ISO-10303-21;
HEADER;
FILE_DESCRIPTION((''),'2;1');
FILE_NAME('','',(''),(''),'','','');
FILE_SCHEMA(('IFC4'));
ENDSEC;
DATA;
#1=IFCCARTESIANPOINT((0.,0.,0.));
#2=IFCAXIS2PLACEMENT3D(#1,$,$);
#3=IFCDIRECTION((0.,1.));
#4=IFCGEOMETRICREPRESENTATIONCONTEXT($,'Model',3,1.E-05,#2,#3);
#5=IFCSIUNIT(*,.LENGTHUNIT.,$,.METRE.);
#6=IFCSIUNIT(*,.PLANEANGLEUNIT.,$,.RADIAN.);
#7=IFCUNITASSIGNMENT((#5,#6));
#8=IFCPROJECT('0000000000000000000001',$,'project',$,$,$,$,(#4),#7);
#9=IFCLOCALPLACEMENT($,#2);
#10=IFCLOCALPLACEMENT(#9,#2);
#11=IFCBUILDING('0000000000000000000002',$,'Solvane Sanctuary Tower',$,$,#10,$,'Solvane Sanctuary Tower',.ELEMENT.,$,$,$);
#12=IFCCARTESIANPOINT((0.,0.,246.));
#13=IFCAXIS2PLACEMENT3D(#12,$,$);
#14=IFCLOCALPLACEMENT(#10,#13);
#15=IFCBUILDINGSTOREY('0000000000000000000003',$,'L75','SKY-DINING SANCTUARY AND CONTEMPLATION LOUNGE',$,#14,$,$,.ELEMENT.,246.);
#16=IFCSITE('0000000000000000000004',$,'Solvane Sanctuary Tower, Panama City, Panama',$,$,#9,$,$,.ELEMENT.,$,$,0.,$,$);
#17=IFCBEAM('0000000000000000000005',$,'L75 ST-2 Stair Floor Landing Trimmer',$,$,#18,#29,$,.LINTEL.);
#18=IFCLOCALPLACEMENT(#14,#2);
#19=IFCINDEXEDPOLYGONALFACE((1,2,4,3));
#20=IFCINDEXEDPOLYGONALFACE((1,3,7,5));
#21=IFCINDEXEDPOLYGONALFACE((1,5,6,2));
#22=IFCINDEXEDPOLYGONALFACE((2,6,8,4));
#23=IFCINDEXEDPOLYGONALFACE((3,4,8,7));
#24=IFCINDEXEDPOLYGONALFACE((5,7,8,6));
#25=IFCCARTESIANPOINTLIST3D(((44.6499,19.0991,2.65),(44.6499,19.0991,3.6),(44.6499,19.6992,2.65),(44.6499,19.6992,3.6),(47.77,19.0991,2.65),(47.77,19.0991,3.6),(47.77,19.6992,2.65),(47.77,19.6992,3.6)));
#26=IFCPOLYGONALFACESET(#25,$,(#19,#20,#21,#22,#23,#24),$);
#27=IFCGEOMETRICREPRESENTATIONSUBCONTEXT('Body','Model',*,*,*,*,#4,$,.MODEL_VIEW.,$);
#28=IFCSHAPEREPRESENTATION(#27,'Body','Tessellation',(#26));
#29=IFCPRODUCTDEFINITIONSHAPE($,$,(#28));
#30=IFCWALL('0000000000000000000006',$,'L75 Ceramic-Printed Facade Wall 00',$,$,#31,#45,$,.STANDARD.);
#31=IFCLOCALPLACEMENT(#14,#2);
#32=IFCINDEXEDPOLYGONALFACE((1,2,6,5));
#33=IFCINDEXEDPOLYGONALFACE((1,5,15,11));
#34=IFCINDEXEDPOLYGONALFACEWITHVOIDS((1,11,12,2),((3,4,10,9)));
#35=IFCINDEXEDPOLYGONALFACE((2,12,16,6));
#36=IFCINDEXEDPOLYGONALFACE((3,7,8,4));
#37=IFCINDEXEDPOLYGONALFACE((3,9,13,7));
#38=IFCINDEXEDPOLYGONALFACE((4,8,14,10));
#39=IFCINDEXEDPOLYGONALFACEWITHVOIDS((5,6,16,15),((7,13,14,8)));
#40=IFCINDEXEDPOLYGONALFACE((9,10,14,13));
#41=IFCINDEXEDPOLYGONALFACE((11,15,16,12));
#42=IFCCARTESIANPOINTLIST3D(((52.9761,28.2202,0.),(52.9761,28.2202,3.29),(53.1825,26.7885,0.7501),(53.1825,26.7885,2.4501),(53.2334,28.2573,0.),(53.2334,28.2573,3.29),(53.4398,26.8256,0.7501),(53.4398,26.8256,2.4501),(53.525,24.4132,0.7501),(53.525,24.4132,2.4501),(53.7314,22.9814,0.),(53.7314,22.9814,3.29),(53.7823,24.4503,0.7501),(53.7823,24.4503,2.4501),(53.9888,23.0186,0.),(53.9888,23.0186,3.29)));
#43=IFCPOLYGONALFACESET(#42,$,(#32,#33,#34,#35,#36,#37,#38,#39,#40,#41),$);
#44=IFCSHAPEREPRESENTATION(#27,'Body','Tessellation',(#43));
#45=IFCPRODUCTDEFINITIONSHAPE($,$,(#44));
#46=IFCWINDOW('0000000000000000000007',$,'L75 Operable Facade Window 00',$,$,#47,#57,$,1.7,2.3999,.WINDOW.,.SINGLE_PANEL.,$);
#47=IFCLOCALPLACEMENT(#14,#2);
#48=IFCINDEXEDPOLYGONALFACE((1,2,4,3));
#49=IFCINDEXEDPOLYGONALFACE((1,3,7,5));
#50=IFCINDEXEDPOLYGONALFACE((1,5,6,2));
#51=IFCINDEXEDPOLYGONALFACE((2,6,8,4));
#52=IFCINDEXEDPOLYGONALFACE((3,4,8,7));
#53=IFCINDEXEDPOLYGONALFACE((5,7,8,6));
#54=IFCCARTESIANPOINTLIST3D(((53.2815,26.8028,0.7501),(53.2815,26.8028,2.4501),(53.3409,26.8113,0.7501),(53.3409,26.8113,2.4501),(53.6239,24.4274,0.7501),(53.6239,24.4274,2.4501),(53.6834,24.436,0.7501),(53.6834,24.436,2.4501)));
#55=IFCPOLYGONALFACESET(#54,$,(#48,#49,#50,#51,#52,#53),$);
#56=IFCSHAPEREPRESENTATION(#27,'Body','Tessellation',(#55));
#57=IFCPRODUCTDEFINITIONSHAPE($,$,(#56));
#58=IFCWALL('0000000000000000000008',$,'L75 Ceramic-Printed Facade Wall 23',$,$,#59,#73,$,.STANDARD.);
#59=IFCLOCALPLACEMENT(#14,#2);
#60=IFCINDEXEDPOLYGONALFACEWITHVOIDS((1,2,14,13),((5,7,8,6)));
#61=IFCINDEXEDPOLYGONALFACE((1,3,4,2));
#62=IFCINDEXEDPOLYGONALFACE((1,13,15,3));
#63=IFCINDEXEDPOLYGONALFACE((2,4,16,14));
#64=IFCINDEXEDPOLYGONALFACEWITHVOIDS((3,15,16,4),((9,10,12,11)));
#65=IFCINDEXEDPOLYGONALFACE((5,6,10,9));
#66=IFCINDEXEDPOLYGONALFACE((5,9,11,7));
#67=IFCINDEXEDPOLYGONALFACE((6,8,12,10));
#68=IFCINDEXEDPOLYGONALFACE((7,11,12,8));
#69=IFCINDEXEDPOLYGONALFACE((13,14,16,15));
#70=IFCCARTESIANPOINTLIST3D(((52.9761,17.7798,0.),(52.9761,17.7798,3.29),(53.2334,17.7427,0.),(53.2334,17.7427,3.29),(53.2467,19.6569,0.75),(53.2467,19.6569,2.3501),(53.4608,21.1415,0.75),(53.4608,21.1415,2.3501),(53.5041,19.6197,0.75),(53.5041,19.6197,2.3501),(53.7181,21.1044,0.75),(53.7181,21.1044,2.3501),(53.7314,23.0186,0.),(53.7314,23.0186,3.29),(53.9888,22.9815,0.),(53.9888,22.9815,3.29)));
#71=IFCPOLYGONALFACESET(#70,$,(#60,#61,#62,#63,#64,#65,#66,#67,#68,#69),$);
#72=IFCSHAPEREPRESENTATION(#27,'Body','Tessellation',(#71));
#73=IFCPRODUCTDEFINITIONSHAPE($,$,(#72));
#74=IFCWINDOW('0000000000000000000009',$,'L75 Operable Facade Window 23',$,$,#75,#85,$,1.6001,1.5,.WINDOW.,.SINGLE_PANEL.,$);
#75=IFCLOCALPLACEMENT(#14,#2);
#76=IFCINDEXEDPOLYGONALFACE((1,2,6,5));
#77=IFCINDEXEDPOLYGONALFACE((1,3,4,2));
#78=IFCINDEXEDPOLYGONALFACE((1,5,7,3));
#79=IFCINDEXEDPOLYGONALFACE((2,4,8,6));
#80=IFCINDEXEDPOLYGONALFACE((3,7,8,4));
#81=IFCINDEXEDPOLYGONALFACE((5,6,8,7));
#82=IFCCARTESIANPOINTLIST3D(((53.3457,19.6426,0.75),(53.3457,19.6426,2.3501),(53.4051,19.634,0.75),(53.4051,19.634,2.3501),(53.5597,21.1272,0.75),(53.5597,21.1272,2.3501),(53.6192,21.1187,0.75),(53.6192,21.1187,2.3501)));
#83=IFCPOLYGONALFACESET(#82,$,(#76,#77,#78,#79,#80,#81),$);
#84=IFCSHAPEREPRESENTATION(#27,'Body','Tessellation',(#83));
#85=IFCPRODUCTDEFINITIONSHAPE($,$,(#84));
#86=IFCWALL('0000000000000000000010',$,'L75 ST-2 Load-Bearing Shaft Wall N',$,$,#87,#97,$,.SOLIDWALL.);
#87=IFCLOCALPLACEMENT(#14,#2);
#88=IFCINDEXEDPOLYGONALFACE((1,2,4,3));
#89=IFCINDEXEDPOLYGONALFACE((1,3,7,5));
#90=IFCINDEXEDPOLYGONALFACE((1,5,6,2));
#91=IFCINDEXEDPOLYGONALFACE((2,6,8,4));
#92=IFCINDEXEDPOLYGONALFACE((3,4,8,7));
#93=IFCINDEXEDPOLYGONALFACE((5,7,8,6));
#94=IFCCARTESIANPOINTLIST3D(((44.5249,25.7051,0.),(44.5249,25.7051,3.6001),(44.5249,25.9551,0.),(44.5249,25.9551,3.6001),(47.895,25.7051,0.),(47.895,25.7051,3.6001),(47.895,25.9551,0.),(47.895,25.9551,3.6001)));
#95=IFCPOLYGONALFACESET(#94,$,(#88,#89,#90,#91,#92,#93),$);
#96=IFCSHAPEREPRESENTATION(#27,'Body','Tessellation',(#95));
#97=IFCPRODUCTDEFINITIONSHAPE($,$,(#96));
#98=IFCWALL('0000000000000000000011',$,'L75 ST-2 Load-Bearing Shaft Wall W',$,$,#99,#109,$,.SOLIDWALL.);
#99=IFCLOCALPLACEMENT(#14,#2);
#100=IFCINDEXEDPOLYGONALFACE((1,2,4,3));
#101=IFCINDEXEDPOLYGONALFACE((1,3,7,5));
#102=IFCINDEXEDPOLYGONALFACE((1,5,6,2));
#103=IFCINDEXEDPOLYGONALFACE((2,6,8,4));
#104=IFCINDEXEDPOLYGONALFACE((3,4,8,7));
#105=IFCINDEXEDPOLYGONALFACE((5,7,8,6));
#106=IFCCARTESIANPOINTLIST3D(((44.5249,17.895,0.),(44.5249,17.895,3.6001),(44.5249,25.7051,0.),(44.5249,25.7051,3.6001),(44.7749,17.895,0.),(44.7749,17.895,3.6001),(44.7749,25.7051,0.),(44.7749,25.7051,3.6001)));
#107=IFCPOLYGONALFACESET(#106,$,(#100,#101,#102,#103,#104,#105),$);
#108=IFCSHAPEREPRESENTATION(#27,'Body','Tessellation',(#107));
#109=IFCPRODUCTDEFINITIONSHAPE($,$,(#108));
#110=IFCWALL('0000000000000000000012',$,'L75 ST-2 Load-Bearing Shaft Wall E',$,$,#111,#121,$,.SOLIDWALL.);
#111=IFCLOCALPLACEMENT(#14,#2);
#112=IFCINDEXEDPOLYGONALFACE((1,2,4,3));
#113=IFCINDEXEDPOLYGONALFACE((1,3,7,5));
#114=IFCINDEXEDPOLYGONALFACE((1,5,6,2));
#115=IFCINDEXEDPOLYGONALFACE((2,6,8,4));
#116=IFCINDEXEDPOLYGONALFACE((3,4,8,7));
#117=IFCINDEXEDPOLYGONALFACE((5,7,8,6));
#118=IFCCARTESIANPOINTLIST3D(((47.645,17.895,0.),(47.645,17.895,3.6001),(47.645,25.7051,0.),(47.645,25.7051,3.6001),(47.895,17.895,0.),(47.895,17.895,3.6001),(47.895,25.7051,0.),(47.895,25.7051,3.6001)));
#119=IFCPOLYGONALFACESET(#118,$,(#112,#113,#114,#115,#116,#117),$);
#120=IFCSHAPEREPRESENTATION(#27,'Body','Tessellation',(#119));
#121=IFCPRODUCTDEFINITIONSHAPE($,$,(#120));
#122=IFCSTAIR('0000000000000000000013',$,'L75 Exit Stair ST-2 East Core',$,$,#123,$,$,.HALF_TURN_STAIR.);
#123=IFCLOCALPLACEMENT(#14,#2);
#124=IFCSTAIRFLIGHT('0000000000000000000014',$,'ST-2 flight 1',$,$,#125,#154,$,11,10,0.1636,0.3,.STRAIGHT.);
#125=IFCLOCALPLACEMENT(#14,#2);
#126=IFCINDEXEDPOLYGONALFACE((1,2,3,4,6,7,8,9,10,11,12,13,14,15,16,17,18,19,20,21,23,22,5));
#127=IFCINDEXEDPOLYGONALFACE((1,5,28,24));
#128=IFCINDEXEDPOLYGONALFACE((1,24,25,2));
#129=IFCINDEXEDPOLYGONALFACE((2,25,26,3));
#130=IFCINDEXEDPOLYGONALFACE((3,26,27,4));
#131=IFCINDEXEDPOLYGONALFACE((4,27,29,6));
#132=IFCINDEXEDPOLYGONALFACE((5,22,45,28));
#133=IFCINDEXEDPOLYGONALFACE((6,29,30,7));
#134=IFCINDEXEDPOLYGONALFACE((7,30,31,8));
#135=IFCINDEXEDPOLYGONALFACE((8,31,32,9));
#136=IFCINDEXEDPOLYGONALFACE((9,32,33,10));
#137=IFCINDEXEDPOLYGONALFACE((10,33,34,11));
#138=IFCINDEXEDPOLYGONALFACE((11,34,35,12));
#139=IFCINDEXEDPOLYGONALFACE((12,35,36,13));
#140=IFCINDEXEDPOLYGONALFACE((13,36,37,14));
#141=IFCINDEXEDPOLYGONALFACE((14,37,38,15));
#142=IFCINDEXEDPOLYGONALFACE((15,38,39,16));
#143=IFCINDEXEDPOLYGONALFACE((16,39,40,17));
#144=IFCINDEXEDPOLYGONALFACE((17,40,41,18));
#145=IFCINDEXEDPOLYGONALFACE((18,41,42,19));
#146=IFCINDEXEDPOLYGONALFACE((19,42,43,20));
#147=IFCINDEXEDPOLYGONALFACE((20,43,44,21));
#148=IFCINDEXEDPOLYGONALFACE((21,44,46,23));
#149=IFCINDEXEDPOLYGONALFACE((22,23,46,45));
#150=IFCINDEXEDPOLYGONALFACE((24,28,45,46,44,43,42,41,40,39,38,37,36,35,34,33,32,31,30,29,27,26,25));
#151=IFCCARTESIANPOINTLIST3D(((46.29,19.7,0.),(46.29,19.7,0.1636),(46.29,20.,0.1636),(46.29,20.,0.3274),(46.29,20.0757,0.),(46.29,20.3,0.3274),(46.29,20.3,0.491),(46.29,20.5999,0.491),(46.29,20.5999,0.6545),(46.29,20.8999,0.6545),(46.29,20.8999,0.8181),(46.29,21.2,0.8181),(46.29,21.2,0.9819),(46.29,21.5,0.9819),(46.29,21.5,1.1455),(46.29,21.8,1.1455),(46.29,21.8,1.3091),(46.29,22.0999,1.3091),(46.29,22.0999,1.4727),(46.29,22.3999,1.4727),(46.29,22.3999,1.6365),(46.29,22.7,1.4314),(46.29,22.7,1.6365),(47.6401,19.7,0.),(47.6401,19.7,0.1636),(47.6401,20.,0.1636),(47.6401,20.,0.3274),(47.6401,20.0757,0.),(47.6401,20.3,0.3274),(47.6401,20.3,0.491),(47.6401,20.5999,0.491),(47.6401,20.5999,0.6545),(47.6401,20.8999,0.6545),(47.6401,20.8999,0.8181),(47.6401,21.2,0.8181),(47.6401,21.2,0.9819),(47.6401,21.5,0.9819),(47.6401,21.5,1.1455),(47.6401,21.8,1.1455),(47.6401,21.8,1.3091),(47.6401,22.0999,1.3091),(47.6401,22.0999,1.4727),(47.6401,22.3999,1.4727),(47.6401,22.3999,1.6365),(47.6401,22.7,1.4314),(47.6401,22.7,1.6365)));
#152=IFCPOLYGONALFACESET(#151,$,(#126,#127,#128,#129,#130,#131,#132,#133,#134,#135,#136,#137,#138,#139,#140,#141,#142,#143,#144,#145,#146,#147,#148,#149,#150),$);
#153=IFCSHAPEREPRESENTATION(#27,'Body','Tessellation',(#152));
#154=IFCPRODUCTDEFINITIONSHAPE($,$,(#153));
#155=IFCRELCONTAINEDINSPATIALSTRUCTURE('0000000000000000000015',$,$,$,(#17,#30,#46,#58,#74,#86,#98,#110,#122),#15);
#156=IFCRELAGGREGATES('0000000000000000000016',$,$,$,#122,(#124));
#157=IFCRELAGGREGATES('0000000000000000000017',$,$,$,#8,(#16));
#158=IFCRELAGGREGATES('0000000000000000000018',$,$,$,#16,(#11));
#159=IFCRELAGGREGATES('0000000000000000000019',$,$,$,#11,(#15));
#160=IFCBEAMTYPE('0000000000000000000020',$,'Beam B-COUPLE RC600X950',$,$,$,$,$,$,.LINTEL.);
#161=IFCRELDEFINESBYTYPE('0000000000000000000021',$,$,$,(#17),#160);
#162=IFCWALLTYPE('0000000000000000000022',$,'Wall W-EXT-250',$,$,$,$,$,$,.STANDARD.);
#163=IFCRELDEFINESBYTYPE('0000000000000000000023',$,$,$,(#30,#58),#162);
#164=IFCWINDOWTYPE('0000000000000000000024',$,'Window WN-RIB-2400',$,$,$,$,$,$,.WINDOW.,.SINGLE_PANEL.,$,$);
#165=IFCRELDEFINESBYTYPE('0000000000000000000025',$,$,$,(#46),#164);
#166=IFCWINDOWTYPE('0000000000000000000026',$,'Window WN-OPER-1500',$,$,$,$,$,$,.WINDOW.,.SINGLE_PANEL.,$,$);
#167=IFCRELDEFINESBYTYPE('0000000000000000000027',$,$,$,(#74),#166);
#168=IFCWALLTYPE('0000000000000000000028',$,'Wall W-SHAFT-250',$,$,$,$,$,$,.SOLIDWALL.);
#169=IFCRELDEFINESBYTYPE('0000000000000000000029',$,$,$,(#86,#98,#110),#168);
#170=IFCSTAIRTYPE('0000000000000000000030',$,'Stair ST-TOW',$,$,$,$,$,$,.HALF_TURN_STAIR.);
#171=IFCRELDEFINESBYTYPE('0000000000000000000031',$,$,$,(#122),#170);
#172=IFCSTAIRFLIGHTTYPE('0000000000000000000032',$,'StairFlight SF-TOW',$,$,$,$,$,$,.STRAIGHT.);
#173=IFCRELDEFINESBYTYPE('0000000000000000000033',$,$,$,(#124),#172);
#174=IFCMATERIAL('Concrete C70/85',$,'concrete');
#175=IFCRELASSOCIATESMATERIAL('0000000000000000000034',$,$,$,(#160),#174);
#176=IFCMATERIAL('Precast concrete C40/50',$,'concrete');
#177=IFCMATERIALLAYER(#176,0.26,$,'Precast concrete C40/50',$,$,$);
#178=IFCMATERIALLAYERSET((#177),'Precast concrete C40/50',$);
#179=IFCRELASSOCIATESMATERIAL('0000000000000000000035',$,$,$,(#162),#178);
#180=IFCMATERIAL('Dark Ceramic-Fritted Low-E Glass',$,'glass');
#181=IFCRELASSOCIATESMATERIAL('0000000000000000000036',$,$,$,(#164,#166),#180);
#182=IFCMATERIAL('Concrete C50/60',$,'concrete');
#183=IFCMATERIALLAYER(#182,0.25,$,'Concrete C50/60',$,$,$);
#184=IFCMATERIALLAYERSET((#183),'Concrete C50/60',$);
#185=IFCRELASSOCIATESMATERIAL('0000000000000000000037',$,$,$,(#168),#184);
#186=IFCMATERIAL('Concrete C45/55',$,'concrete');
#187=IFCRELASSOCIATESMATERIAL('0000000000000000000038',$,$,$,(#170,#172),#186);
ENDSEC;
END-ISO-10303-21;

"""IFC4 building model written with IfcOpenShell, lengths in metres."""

from ifc_helpers import new_model, si_unit, direction, frame, frame_2d, origin, origin_2d, place, context, subcontext, project, spatial, polyline, rectangle, outline, extrude, material, layer, layer_set, material_profile, profile_set, type_object, element, fill, aggregate, save


model = new_model("IFC4")

# Units and contexts
model_context = context("Model", 3, precision=1e-05, world=origin(), true_north=direction((0.0, 1.0)))
body_context = subcontext(model_context, "Body", "Model", "MODEL_VIEW")
ifc_project = project(units=[si_unit("LENGTHUNIT", "METRE"), si_unit("PLANEANGLEUNIT", "RADIAN")], contexts=[model_context])

# Site, building, storey
site_placement = place(None, origin())
site = spatial("IfcSite", under=ifc_project, at=site_placement, Name="Solvane Sanctuary Tower, Panama City, Panama", CompositionType="ELEMENT", RefElevation=0.0)
building_placement = place(site_placement, origin())
building = spatial("IfcBuilding", under=site, at=building_placement, Name="Solvane Sanctuary Tower", LongName="Solvane Sanctuary Tower", CompositionType="ELEMENT")
storey_placement = place(building_placement, frame((0.0, 0.0, 246.0)))
storey = spatial("IfcBuildingStorey", under=building, at=storey_placement, Name="L75", Description="SKY-DINING SANCTUARY AND CONTEMPLATION LOUNGE", CompositionType="ELEMENT", Elevation=246.0)

# Beam
ifc_material_1 = material(Name="Concrete C70/85", Category="concrete")
ifc_material_profile = material_profile(ifc_material_1, rectangle(XDim=0.6001, YDim=0.95, at=origin_2d()), Name="RC600X950")
ifc_profile_set = profile_set([ifc_material_profile], Name="Concrete C70/85")
beam_type = type_object("IfcBeamType", Name="Beam B-COUPLE RC600X950", PredefinedType="LINTEL", material=ifc_profile_set)
beam_placement = place(storey_placement, frame((44.6499, 19.3992, 3.125), z_axis=(1.0, 0.0, 0.0), x_axis=(0.0, 1.0, 0.0)))
element("IfcBeam", 1, at=beam_placement, inside=storey, type_object=beam_type, Name="L75 ST-2 Stair Floor Landing Trimmer", PredefinedType="LINTEL", context=body_context, shape_type="SweptSolid", body=[
    extrude(rectangle(XDim=0.6001, YDim=0.95, at=origin_2d()), origin(), (0.0, 0.0, 1.0), 3.1201),
])

# Walls, openings, windows
ifc_material_2 = material(Name="Precast concrete C40/50", Category="concrete")
ifc_layer_1 = layer(ifc_material_2, 0.26, Name="Precast concrete C40/50")
ifc_layer_set_1 = layer_set([ifc_layer_1], Name="Precast concrete C40/50")
wall_type_1 = type_object("IfcWallType", Name="Wall W-EXT-250", PredefinedType="STANDARD", material=ifc_layer_set_1)
wall_1_placement = place(storey_placement, frame((53.8601, 23.0, 0.0), z_axis=(0.0, 0.0, 1.0), x_axis=(-0.142713, 0.989764, 0.0)))
wall_1 = element("IfcWall", 2, at=wall_1_placement, inside=storey, type_object=wall_type_1, Name="L75 Ceramic-Printed Facade Wall 00", PredefinedType="STANDARD", context=body_context, shape_type="SweptSolid", body=[
    extrude(rectangle(XDim=5.293, YDim=0.26, at=frame_2d((2.6465, 0.0))), origin(), (0.0, 0.0, 1.0), 3.29),
])
opening_1_placement = place(wall_1_placement, frame((1.4465, 0.0, 0.75)))
opening_1 = element("IfcOpeningElement", 3, at=opening_1_placement, cuts=wall_1, PredefinedType="OPENING", context=body_context, shape_type="SweptSolid", body=[
    extrude(rectangle(XDim=2.3999, YDim=1.7, at=frame_2d((1.2, 0.8501))), frame((0.0, 0.1399, 0.0), z_axis=(0.0, -1.0, 0.0), x_axis=(1.0, 0.0, 0.0)), (0.0, 0.0, 1.0), 0.28),
])
ifc_material_3 = material(Name="Dark Ceramic-Fritted Low-E Glass", Category="glass")
window_type_1 = type_object("IfcWindowType", Name="Window WN-RIB-2400", PartitioningType="SINGLE_PANEL", PredefinedType="WINDOW", material=ifc_material_3)
window_1_placement = place(opening_1_placement, origin())
window_1 = element("IfcWindow", 4, at=window_1_placement, inside=storey, type_object=window_type_1, Name="L75 Operable Facade Window 00", OverallHeight=1.7, OverallWidth=2.3999, PartitioningType="SINGLE_PANEL", PredefinedType="WINDOW", context=body_context, shape_type="SweptSolid", body=[
    extrude(rectangle(XDim=2.3999, YDim=1.7, at=frame_2d((1.2, 0.8501))), frame((0.0, 0.03, 0.0), z_axis=(0.0, -1.0, 0.0), x_axis=(1.0, 0.0, 0.0)), (0.0, 0.0, 1.0), 0.0601),
])
fill(opening_1, window_1)
wall_2_placement = place(storey_placement, frame((53.1047, 17.7612, 0.0), z_axis=(0.0, 0.0, 1.0), x_axis=(0.142713, 0.989764, 0.0)))
wall_2 = element("IfcWall", 5, at=wall_2_placement, inside=storey, type_object=wall_type_1, Name="L75 Ceramic-Printed Facade Wall 23", PredefinedType="STANDARD", context=body_context, shape_type="SweptSolid", body=[
    extrude(rectangle(XDim=5.293, YDim=0.26, at=frame_2d((2.6465, 0.0))), origin(), (0.0, 0.0, 1.0), 3.29),
])
opening_2_placement = place(wall_2_placement, frame((1.8965, 0.0, 0.75)))
opening_2 = element("IfcOpeningElement", 6, at=opening_2_placement, cuts=wall_2, PredefinedType="OPENING", context=body_context, shape_type="SweptSolid", body=[
    extrude(rectangle(XDim=1.5, YDim=1.6001, at=frame_2d((0.75, 0.8))), frame((0.0, 0.1399, 0.0), z_axis=(0.0, -1.0, 0.0), x_axis=(1.0, 0.0, 0.0)), (0.0, 0.0, 1.0), 0.28),
])
window_type_2 = type_object("IfcWindowType", Name="Window WN-OPER-1500", PartitioningType="SINGLE_PANEL", PredefinedType="WINDOW", material=ifc_material_3)
window_2_placement = place(opening_2_placement, origin())
window_2 = element("IfcWindow", 7, at=window_2_placement, inside=storey, type_object=window_type_2, Name="L75 Operable Facade Window 23", OverallHeight=1.6001, OverallWidth=1.5, PartitioningType="SINGLE_PANEL", PredefinedType="WINDOW", context=body_context, shape_type="SweptSolid", body=[
    extrude(rectangle(XDim=1.5, YDim=1.6001, at=frame_2d((0.75, 0.8))), frame((0.0, 0.03, 0.0), z_axis=(0.0, -1.0, 0.0), x_axis=(1.0, 0.0, 0.0)), (0.0, 0.0, 1.0), 0.0601),
])
fill(opening_2, window_2)

# Walls
ifc_material_4 = material(Name="Concrete C50/60", Category="concrete")
ifc_layer_2 = layer(ifc_material_4, 0.25, Name="Concrete C50/60")
ifc_layer_set_2 = layer_set([ifc_layer_2], Name="Concrete C50/60")
wall_type_2 = type_object("IfcWallType", Name="Wall W-SHAFT-250", PredefinedType="SOLIDWALL", material=ifc_layer_set_2)
wall_3_placement = place(storey_placement, frame((44.5249, 25.8301, 0.0), z_axis=(0.0, 0.0, 1.0), x_axis=(1.0, 0.0, 0.0)))
element("IfcWall", 8, at=wall_3_placement, inside=storey, type_object=wall_type_2, Name="L75 ST-2 Load-Bearing Shaft Wall N", PredefinedType="SOLIDWALL", context=body_context, shape_type="SweptSolid", body=[
    extrude(rectangle(XDim=3.3701, YDim=0.25, at=frame_2d((1.6851, 0.0))), origin(), (0.0, 0.0, 1.0), 3.6001),
])
for number, where, z_axis, x_axis, name in (
    (9, (44.6499, 17.895, 0.0), (0.0, 0.0, 1.0), (0.0, 1.0, 0.0), "L75 ST-2 Load-Bearing Shaft Wall W"),
    (10, (47.77, 17.895, 0.0), (0.0, 0.0, 1.0), (0.0, 1.0, 0.0), "L75 ST-2 Load-Bearing Shaft Wall E"),
):
    element("IfcWall", number, at=place(storey_placement, frame(where, z_axis=z_axis, x_axis=x_axis)), inside=storey, type_object=wall_type_2, Name=name, PredefinedType="SOLIDWALL", context=body_context, shape_type="SweptSolid", body=[
        extrude(rectangle(XDim=7.8101, YDim=0.25, at=frame_2d((3.905, 0.0))), origin(), (0.0, 0.0, 1.0), 3.6001),
    ])

# Stair, stair flight
ifc_material_5 = material(Name="Concrete C45/55", Category="concrete")
stair_type = type_object("IfcStairType", Name="Stair ST-TOW", PredefinedType="HALF_TURN_STAIR", material=ifc_material_5)
stair_placement = place(storey_placement, origin())
stair = element("IfcStair", 11, at=stair_placement, inside=storey, type_object=stair_type, Name="L75 Exit Stair ST-2 East Core", PredefinedType="HALF_TURN_STAIR")
stair_flight_type = type_object("IfcStairFlightType", Name="StairFlight SF-TOW", PredefinedType="STRAIGHT", material=ifc_material_5)
stair_flight_1_placement = place(storey_placement, frame((46.9651, 19.7, 0.0), z_axis=(0.0, 0.0, 1.0), x_axis=(0.0, 1.0, 0.0)))
stair_flight_1 = element("IfcStairFlight", 12, at=stair_flight_1_placement, type_object=stair_flight_type, Name="ST-2 flight 1", NumberOfRisers=11, NumberOfTreads=10, PredefinedType="STRAIGHT", RiserHeight=0.1636, TreadLength=0.3, context=body_context, shape_type="SweptSolid", body=[
    extrude(outline(polyline([(0.0, 0.0), (0.0, 0.1636), (0.3, 0.1636), (0.3, 0.3274), (0.6001, 0.3274), (0.6001, 0.491), (0.8999, 0.491), (0.8999, 0.6545), (1.2, 0.6545), (1.2, 0.8181), (1.5, 0.8181), (1.5, 0.9819), (1.8, 0.9819), (1.8, 1.1455), (2.1001, 1.1455), (2.1001, 1.3091), (2.3999, 1.3091), (2.3999, 1.4727), (2.7, 1.4727), (2.7, 1.6365), (3.0, 1.6365), (3.0, 1.8), (3.0, 1.4314), (0.3757, 0.0), (0.0, 0.0)])), frame((0.0, 0.675, 0.0), z_axis=(0.0, -1.0, 0.0), x_axis=(1.0, 0.0, 0.0)), (0.0, 0.0, 1.0), 1.3501),
])
aggregate(stair, [stair_flight_1])

save(model, "model.ifc")
